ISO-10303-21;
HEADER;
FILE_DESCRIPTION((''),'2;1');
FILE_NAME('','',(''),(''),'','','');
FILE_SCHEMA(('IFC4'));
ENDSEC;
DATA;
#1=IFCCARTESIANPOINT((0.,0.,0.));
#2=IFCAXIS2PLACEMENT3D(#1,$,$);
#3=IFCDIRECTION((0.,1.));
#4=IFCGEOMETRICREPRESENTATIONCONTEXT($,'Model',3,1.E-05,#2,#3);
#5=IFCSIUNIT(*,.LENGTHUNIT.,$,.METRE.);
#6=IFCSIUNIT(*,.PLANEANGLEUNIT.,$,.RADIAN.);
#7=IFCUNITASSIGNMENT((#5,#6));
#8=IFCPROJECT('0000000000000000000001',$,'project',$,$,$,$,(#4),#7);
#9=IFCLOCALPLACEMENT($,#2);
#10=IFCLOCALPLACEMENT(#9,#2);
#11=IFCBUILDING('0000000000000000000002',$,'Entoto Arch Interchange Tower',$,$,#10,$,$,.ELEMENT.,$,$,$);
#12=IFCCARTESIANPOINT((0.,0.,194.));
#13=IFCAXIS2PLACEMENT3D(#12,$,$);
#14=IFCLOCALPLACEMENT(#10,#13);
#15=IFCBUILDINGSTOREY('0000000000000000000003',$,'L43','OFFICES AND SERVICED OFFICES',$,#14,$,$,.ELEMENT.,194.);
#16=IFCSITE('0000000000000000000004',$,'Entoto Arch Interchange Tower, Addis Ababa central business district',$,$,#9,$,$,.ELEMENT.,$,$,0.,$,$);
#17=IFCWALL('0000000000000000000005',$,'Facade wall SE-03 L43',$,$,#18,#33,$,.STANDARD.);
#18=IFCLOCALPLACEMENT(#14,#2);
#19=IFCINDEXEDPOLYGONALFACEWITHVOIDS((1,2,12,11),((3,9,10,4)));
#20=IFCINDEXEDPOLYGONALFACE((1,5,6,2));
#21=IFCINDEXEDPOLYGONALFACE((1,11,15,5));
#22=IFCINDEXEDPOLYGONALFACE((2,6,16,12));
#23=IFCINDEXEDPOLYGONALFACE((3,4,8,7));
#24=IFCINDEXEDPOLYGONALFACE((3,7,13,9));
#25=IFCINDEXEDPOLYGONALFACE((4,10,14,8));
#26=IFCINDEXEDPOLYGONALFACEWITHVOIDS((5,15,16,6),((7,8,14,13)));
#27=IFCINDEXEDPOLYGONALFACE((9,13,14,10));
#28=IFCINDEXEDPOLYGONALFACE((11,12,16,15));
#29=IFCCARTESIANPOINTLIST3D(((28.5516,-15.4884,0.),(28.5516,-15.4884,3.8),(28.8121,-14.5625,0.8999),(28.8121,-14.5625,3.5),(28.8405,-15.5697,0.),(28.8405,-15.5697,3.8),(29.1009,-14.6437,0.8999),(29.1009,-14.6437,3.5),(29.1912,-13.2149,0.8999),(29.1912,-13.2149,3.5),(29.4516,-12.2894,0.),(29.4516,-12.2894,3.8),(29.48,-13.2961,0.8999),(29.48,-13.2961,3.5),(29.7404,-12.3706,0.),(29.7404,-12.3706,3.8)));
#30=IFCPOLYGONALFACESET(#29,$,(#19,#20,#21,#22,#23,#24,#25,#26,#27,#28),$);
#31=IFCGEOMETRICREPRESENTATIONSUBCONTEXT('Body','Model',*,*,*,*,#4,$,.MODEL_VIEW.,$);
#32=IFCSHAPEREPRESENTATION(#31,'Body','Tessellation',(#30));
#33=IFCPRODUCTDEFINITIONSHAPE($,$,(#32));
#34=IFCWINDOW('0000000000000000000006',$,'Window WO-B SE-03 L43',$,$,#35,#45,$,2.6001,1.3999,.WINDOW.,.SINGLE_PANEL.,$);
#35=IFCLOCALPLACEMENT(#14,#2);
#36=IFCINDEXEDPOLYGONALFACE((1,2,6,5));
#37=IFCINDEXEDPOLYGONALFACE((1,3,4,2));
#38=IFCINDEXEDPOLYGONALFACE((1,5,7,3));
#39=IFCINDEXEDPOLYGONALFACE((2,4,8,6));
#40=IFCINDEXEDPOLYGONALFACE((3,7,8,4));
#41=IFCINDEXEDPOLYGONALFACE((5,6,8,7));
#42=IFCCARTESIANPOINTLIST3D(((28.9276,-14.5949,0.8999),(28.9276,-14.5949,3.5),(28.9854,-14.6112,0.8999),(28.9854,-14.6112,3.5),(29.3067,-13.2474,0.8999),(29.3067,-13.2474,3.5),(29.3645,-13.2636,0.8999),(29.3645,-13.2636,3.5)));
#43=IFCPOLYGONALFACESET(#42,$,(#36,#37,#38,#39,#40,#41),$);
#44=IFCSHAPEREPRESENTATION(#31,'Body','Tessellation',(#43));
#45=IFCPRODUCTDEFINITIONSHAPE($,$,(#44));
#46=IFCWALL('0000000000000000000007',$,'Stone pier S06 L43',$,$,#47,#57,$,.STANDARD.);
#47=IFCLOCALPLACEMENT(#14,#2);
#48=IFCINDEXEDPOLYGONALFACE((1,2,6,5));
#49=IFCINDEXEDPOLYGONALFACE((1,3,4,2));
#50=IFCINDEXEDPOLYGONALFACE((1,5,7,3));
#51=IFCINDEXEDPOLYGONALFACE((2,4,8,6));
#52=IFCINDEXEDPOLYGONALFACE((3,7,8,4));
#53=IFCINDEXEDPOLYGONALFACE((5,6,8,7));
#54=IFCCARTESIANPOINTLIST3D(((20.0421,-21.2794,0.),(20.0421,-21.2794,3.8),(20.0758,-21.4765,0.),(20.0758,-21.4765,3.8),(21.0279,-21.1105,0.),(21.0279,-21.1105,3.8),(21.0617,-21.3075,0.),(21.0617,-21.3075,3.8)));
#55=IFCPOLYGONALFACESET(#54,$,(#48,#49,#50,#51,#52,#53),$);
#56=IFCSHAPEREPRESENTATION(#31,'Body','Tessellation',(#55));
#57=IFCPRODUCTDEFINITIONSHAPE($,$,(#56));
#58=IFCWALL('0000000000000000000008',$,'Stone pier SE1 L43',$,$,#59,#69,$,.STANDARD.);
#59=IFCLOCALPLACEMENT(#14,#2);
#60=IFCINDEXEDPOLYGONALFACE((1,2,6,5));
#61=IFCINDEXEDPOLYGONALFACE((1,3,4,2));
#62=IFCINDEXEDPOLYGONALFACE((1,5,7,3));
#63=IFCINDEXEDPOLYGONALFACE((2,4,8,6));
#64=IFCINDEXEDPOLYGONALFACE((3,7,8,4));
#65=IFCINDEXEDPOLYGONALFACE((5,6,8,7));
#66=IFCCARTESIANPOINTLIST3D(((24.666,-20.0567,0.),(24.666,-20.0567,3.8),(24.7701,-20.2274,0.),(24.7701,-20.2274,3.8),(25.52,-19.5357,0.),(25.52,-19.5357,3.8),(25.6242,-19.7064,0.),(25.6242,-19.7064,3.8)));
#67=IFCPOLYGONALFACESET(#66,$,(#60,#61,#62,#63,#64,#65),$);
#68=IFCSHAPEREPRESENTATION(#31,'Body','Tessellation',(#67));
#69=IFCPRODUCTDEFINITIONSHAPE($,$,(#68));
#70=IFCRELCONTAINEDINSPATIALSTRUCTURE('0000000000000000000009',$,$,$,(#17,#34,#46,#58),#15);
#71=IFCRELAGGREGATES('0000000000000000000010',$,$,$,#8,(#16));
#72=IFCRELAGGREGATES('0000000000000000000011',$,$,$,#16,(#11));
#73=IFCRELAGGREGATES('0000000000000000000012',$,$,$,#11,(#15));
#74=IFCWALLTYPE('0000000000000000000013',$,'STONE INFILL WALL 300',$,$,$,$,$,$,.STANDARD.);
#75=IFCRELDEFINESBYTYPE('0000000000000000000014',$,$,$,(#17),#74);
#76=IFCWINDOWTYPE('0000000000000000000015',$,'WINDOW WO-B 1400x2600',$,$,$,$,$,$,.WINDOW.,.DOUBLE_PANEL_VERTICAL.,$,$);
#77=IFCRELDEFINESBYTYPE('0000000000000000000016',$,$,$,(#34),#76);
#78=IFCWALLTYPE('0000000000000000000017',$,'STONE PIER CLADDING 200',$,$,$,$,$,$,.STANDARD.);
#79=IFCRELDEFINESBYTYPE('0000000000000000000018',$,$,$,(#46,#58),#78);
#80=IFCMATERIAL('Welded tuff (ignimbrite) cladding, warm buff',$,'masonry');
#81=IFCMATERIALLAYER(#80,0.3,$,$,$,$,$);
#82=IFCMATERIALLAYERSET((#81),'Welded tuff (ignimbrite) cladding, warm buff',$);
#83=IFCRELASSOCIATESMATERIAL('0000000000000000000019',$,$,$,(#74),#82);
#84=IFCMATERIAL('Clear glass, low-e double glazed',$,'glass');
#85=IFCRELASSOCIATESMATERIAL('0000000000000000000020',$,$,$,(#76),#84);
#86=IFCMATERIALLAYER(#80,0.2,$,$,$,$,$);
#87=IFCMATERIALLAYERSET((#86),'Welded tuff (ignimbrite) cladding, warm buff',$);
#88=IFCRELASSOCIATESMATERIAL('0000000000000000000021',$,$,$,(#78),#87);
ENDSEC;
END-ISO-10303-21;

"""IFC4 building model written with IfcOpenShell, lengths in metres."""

from ifc_helpers import new_model, si_unit, direction, frame, frame_2d, origin, place, context, subcontext, project, spatial, rectangle, extrude, material, layer, layer_set, type_object, element, fill, save


model = new_model("IFC4")

# Units and contexts
model_context = context("Model", 3, precision=1e-05, world=origin(), true_north=direction((0.0, 1.0)))
body_context = subcontext(model_context, "Body", "Model", "MODEL_VIEW")
ifc_project = project(units=[si_unit("LENGTHUNIT", "METRE"), si_unit("PLANEANGLEUNIT", "RADIAN")], contexts=[model_context])

# Site, building, storey
site_placement = place(None, origin())
site = spatial("IfcSite", under=ifc_project, at=site_placement, Name="Entoto Arch Interchange Tower, Addis Ababa central business district", CompositionType="ELEMENT", RefElevation=0.0)
building_placement = place(site_placement, origin())
building = spatial("IfcBuilding", under=site, at=building_placement, Name="Entoto Arch Interchange Tower", CompositionType="ELEMENT")
storey_placement = place(building_placement, frame((0.0, 0.0, 194.0)))
storey = spatial("IfcBuildingStorey", under=building, at=storey_placement, Name="L43", Description="OFFICES AND SERVICED OFFICES", CompositionType="ELEMENT", Elevation=194.0)

# Shared definitions
ifc_material_1 = material(Name="Welded tuff (ignimbrite) cladding, warm buff", Category="masonry")
ifc_layer_1 = layer(ifc_material_1, 0.3)
ifc_layer_set_1 = layer_set([ifc_layer_1], Name="Welded tuff (ignimbrite) cladding, warm buff")
wall_type_1 = type_object("IfcWallType", Name="STONE INFILL WALL 300", PredefinedType="STANDARD", material=ifc_layer_set_1)
ifc_material_2 = material(Name="Clear glass, low-e double glazed", Category="glass")
window_type = type_object("IfcWindowType", Name="WINDOW WO-B 1400x2600", PartitioningType="DOUBLE_PANEL_VERTICAL", PredefinedType="WINDOW", material=ifc_material_2)

# Wall, opening, window
wall_1_placement = place(storey_placement, frame((28.696, -15.5291, 0.0), z_axis=(0.0, 0.0, 1.0), x_axis=(0.270799, 0.962636, 0.0)))
wall_1 = element("IfcWall", 1, at=wall_1_placement, inside=storey, type_object=wall_type_1, Name="Facade wall SE-03 L43", PredefinedType="STANDARD", context=body_context, shape_type="SweptSolid", body=[
    extrude(rectangle(XDim=3.3232, YDim=0.3, at=frame_2d((1.6616, 0.0))), origin(), (0.0, 0.0, 1.0), 3.8),
])
opening_1_placement = place(wall_1_placement, frame((0.9619, 0.0, 0.8999)))
opening_1 = element("IfcOpeningElement", 2, at=opening_1_placement, cuts=wall_1, PredefinedType="OPENING", context=body_context, shape_type="SweptSolid", body=[
    extrude(rectangle(XDim=1.3999, YDim=2.6001, at=frame_2d((0.7, 1.3))), frame((0.0, 0.1602, 0.0), z_axis=(0.0, -1.0, 0.0), x_axis=(1.0, 0.0, 0.0)), (0.0, 0.0, 1.0), 0.3201),
])
window_1_placement = place(opening_1_placement, origin())
window_1 = element("IfcWindow", 3, at=window_1_placement, inside=storey, type_object=window_type, Name="Window WO-B SE-03 L43", OverallHeight=2.6001, OverallWidth=1.3999, PartitioningType="SINGLE_PANEL", PredefinedType="WINDOW", context=body_context, shape_type="SweptSolid", body=[
    extrude(rectangle(XDim=1.3999, YDim=2.6001, at=frame_2d((0.7, 1.3))), frame((0.0, 0.03, 0.0), z_axis=(0.0, -1.0, 0.0), x_axis=(1.0, 0.0, 0.0)), (0.0, 0.0, 1.0), 0.0601),
])
fill(opening_1, window_1)

# Walls
ifc_layer_2 = layer(ifc_material_1, 0.2)
ifc_layer_set_2 = layer_set([ifc_layer_2], Name="Welded tuff (ignimbrite) cladding, warm buff")
wall_type_2 = type_object("IfcWallType", Name="STONE PIER CLADDING 200", PredefinedType="STANDARD", material=ifc_layer_set_2)
wall_2_placement = place(storey_placement, frame((20.0591, -21.3779, 0.0), z_axis=(0.0, 0.0, 1.0), x_axis=(0.985632, 0.16891, 0.0)))
element("IfcWall", 4, at=wall_2_placement, inside=storey, type_object=wall_type_2, Name="Stone pier S06 L43", PredefinedType="STANDARD", context=body_context, shape_type="SweptSolid", body=[
    extrude(rectangle(XDim=1.0002, YDim=0.2, at=frame_2d((0.5, 0.0))), origin(), (0.0, 0.0, 1.0), 3.8),
])
wall_3_placement = place(storey_placement, frame((24.718, -20.1421, 0.0), z_axis=(0.0, 0.0, 1.0), x_axis=(0.85368, 0.520798, 0.0)))
element("IfcWall", 5, at=wall_3_placement, inside=storey, type_object=wall_type_2, Name="Stone pier SE1 L43", PredefinedType="STANDARD", context=body_context, shape_type="SweptSolid", body=[
    extrude(rectangle(XDim=1.0005, YDim=0.2, at=frame_2d((0.5002, 0.0))), origin(), (0.0, 0.0, 1.0), 3.8),
])

save(model, "model.ifc")
